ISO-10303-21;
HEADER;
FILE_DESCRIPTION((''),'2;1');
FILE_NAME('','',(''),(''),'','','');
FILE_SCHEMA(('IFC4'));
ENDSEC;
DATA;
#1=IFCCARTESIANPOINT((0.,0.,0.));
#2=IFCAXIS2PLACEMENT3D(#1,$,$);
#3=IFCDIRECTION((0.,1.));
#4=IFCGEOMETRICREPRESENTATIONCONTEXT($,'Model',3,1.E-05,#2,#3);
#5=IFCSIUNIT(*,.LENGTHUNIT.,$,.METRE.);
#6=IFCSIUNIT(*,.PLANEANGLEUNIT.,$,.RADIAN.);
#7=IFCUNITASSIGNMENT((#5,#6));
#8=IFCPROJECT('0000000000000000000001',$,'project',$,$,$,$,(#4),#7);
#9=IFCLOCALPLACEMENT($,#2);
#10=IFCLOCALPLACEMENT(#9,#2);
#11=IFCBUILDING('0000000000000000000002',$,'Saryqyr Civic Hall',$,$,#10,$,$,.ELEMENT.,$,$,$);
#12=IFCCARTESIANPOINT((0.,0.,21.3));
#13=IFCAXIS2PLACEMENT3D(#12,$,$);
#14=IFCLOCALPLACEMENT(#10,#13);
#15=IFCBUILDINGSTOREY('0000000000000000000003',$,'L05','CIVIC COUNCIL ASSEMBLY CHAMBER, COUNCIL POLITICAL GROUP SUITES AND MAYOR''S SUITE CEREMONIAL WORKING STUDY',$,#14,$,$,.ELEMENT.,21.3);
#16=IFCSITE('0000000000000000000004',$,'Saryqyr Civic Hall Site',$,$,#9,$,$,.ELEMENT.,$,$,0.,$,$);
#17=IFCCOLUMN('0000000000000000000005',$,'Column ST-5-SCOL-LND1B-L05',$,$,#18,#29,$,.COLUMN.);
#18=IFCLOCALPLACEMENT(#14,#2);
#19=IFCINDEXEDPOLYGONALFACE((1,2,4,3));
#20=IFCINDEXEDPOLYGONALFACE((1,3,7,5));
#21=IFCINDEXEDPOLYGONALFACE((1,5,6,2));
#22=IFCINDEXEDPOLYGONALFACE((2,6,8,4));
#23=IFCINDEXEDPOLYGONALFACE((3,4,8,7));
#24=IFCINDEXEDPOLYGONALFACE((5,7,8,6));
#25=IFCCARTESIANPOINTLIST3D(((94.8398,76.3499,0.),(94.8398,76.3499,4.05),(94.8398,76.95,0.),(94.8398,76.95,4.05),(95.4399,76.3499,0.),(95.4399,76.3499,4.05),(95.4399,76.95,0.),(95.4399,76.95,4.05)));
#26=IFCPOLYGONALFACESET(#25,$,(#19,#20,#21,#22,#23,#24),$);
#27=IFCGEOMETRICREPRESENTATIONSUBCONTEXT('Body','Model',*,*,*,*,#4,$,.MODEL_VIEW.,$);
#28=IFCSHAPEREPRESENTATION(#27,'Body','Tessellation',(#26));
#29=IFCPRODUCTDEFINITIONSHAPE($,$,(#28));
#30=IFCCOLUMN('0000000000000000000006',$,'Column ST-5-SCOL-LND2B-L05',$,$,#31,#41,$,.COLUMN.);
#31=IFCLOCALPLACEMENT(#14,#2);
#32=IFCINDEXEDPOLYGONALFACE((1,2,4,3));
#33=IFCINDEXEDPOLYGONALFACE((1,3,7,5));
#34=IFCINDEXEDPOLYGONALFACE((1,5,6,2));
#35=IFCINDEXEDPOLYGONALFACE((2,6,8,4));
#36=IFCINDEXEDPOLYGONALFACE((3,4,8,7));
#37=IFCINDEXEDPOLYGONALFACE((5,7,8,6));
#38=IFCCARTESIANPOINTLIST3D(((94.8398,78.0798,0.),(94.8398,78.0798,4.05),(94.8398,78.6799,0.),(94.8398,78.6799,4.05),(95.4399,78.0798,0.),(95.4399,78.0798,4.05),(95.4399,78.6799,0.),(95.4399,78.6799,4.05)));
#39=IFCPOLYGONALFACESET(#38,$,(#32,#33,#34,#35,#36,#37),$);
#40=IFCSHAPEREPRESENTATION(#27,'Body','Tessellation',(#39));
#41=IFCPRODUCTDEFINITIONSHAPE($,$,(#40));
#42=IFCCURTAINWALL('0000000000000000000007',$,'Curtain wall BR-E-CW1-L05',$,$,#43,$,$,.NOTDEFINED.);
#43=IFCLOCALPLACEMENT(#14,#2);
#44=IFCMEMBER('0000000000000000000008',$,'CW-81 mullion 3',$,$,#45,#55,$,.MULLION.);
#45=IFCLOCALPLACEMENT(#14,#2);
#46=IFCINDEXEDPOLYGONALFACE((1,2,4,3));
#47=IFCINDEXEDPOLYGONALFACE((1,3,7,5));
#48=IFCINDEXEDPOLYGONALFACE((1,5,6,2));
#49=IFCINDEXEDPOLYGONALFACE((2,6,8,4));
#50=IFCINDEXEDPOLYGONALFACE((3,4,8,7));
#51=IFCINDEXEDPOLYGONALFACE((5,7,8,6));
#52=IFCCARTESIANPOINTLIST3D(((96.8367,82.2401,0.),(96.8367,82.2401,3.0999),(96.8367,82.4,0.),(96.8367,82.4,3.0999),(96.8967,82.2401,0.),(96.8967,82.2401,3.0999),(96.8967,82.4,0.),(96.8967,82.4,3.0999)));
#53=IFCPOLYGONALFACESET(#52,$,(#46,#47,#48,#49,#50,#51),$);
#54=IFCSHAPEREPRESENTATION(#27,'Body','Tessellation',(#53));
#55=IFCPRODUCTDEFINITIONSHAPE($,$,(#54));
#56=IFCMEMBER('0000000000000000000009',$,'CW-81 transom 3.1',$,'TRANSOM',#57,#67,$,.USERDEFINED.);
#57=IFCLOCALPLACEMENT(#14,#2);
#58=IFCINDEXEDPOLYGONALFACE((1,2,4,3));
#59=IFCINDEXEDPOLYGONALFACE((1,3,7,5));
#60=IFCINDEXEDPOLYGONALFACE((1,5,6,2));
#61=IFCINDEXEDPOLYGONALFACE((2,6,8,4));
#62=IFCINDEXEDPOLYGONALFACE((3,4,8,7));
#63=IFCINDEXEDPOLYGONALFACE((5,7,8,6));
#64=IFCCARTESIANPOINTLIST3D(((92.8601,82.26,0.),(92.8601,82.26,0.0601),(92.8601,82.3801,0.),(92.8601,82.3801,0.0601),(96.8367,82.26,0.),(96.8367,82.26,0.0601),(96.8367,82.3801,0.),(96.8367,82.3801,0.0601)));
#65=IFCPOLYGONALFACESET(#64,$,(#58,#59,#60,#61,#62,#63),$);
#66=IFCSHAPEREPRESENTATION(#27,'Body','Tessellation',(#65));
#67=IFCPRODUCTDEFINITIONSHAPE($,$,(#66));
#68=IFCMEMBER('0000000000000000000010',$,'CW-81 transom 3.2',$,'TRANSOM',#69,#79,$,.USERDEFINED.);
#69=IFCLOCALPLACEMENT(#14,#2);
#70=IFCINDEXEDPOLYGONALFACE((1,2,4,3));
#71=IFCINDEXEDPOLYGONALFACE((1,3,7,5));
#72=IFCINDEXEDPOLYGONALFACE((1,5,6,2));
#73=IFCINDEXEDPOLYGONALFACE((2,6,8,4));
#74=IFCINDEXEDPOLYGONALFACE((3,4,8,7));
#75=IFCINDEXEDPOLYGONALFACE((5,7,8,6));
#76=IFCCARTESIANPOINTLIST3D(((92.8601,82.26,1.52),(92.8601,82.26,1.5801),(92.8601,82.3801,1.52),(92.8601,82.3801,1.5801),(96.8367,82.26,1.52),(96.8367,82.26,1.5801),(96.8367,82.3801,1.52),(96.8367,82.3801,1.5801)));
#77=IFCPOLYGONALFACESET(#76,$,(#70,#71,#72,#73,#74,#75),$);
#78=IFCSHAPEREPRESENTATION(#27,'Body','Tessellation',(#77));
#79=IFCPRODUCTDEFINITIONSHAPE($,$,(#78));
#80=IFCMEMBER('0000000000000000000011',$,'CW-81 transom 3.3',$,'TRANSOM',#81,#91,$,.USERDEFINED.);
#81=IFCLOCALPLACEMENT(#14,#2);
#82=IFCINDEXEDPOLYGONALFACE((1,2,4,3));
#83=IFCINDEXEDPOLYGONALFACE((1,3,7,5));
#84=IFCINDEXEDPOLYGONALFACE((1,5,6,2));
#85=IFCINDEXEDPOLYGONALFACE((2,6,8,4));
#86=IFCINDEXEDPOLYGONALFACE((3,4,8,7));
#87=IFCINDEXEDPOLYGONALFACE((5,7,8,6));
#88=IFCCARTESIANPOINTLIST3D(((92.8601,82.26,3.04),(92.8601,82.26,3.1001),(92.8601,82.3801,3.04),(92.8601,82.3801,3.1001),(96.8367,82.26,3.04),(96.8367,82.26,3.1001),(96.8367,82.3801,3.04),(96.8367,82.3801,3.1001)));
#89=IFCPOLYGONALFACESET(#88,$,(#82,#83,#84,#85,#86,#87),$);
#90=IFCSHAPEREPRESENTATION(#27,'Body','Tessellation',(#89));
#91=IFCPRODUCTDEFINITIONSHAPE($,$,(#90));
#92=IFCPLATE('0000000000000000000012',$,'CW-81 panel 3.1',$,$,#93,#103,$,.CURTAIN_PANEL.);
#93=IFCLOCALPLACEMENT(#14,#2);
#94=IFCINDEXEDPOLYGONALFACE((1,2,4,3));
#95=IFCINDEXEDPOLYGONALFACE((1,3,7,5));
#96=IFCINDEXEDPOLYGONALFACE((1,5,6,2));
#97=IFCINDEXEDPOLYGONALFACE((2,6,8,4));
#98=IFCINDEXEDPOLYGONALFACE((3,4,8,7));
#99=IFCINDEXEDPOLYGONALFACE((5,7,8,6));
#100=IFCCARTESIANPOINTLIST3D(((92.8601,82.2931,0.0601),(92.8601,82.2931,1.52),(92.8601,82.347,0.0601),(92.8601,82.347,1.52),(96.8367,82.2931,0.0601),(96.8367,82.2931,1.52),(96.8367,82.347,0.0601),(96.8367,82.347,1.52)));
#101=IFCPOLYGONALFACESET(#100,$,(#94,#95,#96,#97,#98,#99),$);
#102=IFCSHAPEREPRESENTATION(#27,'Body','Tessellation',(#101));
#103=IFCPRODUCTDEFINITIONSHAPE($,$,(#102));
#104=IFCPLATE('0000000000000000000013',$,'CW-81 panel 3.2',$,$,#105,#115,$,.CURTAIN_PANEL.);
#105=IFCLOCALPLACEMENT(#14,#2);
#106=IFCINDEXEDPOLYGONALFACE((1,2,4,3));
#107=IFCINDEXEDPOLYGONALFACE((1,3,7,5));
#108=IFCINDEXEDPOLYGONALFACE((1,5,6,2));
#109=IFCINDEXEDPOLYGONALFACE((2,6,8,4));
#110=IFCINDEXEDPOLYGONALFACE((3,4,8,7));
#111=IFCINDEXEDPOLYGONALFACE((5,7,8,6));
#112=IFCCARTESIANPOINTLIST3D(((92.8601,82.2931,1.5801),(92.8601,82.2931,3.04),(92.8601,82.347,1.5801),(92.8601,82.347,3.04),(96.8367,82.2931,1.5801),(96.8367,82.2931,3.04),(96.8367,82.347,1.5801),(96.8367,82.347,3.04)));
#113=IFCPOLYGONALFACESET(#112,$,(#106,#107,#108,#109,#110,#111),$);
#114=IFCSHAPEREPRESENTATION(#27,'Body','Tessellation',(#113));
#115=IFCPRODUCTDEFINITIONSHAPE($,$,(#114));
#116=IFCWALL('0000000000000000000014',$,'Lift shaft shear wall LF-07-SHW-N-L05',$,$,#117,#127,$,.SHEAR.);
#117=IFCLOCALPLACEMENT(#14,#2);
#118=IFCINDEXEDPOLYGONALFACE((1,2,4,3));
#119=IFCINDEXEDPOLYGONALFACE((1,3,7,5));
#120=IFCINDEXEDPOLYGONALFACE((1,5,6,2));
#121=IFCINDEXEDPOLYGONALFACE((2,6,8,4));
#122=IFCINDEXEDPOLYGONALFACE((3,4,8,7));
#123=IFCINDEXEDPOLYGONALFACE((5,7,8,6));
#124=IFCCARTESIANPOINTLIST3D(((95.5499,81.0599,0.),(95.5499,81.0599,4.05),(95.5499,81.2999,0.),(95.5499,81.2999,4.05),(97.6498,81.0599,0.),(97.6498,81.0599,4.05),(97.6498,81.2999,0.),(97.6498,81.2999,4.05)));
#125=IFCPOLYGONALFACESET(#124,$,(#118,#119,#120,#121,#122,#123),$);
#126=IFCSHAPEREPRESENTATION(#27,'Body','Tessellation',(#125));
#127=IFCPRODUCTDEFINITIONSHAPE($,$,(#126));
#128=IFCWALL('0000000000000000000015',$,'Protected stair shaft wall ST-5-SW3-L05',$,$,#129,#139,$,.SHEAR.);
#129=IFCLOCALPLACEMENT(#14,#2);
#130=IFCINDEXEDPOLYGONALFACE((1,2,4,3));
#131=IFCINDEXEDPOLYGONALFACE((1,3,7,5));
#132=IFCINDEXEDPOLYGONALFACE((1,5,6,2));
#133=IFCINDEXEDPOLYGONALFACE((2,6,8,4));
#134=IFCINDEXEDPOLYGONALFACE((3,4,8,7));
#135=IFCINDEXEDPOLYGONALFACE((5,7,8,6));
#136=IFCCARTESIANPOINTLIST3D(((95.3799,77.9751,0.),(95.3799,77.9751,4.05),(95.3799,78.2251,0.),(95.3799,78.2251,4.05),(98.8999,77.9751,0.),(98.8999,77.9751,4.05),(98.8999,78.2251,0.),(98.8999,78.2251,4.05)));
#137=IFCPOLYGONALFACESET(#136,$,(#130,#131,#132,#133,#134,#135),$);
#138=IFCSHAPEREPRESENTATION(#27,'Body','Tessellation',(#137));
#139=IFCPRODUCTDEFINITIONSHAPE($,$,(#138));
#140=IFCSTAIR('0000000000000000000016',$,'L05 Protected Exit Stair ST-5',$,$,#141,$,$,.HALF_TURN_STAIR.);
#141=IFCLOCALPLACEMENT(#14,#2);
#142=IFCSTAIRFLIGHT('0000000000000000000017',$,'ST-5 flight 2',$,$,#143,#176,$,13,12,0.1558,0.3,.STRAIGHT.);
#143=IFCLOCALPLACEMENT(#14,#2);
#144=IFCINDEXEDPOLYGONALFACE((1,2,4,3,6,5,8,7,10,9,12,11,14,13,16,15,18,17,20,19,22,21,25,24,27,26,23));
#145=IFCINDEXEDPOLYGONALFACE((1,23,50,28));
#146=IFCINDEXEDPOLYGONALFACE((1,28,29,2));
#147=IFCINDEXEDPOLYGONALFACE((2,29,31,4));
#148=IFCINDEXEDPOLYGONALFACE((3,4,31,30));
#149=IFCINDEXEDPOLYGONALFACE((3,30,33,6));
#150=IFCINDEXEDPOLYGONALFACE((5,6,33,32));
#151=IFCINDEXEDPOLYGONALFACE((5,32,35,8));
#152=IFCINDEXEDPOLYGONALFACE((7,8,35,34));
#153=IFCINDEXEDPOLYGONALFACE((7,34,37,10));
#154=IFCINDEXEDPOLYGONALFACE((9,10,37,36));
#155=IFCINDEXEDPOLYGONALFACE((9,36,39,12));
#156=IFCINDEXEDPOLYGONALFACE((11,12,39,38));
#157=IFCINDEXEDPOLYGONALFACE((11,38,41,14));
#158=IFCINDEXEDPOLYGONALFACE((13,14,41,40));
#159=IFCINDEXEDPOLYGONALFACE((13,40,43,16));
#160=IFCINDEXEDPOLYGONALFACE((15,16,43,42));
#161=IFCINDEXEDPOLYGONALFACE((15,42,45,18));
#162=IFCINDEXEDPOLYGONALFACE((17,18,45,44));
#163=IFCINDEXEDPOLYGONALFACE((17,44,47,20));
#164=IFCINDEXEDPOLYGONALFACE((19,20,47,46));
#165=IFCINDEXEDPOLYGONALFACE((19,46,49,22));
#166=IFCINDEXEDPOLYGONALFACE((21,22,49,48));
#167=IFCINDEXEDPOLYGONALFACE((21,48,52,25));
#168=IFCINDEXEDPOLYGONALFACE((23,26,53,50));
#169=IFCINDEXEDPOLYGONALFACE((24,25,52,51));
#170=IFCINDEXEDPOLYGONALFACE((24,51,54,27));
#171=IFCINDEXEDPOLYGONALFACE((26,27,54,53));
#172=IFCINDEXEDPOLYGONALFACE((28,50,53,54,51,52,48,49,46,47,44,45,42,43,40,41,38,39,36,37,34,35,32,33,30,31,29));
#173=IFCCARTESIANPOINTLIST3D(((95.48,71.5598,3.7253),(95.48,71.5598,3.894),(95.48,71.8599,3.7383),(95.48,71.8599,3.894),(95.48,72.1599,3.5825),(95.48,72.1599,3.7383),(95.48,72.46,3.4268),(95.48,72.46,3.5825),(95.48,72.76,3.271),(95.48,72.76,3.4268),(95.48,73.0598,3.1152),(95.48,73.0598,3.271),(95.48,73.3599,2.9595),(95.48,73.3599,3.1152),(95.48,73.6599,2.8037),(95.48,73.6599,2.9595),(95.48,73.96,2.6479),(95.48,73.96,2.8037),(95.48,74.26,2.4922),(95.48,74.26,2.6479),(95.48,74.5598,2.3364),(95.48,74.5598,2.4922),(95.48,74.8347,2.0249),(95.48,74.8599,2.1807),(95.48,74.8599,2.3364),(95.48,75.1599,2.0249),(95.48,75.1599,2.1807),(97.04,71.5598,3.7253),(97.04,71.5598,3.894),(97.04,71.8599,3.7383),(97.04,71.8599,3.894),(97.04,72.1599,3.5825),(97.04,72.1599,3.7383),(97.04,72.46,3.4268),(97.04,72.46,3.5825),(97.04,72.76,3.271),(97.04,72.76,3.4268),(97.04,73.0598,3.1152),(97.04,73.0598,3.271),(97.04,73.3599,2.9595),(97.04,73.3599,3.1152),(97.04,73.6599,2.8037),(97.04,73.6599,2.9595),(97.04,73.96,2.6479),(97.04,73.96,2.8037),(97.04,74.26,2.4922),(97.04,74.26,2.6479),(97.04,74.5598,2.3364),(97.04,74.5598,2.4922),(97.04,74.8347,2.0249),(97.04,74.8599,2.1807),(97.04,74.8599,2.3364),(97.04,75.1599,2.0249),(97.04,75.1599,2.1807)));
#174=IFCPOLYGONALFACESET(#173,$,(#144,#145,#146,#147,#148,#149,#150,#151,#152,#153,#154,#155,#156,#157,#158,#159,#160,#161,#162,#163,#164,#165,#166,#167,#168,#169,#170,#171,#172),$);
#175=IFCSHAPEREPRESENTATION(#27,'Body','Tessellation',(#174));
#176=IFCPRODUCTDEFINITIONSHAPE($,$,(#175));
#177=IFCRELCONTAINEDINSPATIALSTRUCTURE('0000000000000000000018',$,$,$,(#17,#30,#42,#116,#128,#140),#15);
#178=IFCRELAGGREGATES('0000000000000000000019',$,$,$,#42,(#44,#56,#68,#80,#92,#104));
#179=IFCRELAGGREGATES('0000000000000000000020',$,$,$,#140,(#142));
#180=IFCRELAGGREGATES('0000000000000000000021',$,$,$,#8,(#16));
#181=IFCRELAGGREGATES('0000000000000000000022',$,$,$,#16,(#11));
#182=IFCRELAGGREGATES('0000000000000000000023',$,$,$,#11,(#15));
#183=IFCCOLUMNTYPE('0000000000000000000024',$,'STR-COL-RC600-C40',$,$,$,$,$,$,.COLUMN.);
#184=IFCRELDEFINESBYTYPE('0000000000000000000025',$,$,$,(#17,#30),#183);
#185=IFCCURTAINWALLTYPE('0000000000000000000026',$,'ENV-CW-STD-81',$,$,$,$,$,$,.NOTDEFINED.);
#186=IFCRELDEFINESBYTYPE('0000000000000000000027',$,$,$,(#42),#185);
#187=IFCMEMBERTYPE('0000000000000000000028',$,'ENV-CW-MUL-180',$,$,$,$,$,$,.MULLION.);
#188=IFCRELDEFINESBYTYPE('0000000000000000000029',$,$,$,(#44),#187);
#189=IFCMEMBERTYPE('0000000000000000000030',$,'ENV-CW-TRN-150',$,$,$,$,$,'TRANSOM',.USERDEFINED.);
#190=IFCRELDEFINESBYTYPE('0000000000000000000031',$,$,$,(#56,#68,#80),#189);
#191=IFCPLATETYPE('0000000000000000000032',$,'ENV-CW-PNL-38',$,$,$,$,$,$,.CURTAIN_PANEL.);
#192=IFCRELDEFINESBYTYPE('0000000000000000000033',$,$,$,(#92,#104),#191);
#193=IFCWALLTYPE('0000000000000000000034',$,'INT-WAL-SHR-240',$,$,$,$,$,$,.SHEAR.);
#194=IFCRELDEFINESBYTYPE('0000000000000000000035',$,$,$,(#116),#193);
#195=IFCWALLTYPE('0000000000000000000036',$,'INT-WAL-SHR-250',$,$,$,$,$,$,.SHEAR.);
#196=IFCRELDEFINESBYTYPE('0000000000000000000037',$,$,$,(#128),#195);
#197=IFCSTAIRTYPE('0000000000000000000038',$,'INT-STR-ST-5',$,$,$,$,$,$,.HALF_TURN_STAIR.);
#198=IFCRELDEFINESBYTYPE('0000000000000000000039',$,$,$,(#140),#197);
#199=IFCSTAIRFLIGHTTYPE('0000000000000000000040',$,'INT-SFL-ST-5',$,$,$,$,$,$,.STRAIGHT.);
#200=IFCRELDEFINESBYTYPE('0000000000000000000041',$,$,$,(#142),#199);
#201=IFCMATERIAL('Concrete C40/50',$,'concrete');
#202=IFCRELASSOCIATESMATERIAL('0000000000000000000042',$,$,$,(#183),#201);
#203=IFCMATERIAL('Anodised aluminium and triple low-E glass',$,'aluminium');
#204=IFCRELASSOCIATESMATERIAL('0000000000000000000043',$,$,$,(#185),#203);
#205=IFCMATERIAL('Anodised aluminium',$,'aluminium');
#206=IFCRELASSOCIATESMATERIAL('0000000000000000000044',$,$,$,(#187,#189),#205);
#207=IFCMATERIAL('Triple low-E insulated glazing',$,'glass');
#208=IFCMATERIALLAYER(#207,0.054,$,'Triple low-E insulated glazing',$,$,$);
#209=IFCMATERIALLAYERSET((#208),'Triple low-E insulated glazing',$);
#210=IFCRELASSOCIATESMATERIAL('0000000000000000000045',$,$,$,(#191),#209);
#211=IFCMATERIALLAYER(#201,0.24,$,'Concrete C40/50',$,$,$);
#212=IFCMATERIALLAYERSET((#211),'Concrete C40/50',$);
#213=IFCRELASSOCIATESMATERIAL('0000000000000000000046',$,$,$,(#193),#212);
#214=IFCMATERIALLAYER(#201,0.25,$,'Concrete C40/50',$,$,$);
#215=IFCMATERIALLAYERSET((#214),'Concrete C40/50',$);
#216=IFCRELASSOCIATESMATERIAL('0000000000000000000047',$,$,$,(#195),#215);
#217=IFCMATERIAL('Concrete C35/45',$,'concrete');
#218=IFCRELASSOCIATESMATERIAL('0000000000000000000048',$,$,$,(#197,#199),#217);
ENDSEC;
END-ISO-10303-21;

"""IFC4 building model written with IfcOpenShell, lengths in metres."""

from ifc_helpers import new_model, si_unit, direction, frame, frame_2d, origin, origin_2d, place, context, subcontext, project, spatial, polyline, rectangle, outline, extrude, material, layer, layer_set, material_profile, profile_set, type_object, element, aggregate, save


model = new_model("IFC4")

# Units and contexts
model_context = context("Model", 3, precision=1e-05, world=origin(), true_north=direction((0.0, 1.0)))
body_context = subcontext(model_context, "Body", "Model", "MODEL_VIEW")
ifc_project = project(units=[si_unit("LENGTHUNIT", "METRE"), si_unit("PLANEANGLEUNIT", "RADIAN")], contexts=[model_context])

# Site, building, storey
site_placement = place(None, origin())
site = spatial("IfcSite", under=ifc_project, at=site_placement, Name="Saryqyr Civic Hall Site", CompositionType="ELEMENT", RefElevation=0.0)
building_placement = place(site_placement, origin())
building = spatial("IfcBuilding", under=site, at=building_placement, Name="Saryqyr Civic Hall", CompositionType="ELEMENT")
storey_placement = place(building_placement, frame((0.0, 0.0, 21.3)))
storey = spatial("IfcBuildingStorey", under=building, at=storey_placement, Name="L05", Description="CIVIC COUNCIL ASSEMBLY CHAMBER, COUNCIL POLITICAL GROUP SUITES AND MAYOR'S SUITE CEREMONIAL WORKING STUDY", CompositionType="ELEMENT", Elevation=21.3)

# Columns
ifc_material_1 = material(Name="Concrete C40/50", Category="concrete")
ifc_material_profile_1 = material_profile(ifc_material_1, rectangle(XDim=0.6001, YDim=0.6001, at=origin_2d()), Name="RC 600x600")
ifc_profile_set_1 = profile_set([ifc_material_profile_1], Name="Concrete C40/50")
column_type = type_object("IfcColumnType", Name="STR-COL-RC600-C40", PredefinedType="COLUMN", material=ifc_profile_set_1)
for number, where, z_axis, x_axis, name in (
    (1, (95.1399, 76.6499, 0.0), (0.0, 0.0, 1.0), (1.0, 0.0, 0.0), "Column ST-5-SCOL-LND1B-L05"),
    (2, (95.1399, 78.3799, 0.0), (0.0, 0.0, 1.0), (1.0, 0.0, 0.0), "Column ST-5-SCOL-LND2B-L05"),
):
    element("IfcColumn", number, at=place(storey_placement, frame(where, z_axis=z_axis, x_axis=x_axis)), inside=storey, type_object=column_type, Name=name, PredefinedType="COLUMN", context=body_context, shape_type="SweptSolid", body=[
        extrude(rectangle(XDim=0.6001, YDim=0.6001, at=origin_2d()), origin(), (0.0, 0.0, 1.0), 4.05),
    ])

# Curtain wall, members, plates
ifc_material_2 = material(Name="Anodised aluminium and triple low-E glass", Category="aluminium")
curtain_wall_type = type_object("IfcCurtainWallType", Name="ENV-CW-STD-81", PredefinedType="NOTDEFINED", material=ifc_material_2)
curtain_wall_placement = place(storey_placement, origin())
curtain_wall = element("IfcCurtainWall", 3, at=curtain_wall_placement, inside=storey, type_object=curtain_wall_type, Name="Curtain wall BR-E-CW1-L05", PredefinedType="NOTDEFINED")
ifc_material_3 = material(Name="Anodised aluminium", Category="aluminium")
ifc_material_profile_2 = material_profile(ifc_material_3, rectangle(XDim=0.0601, YDim=0.1599, at=origin_2d()), Name="ALU MULLION 60x160")
ifc_profile_set_2 = profile_set([ifc_material_profile_2], Name="Anodised aluminium")
member_type_1 = type_object("IfcMemberType", Name="ENV-CW-MUL-180", PredefinedType="MULLION", material=ifc_profile_set_2)
member_1_placement = place(storey_placement, frame((96.8667, 82.3201, 0.0), z_axis=(0.0, 0.0, 1.0), x_axis=(-1.0, 0.0, 0.0)))
member_1 = element("IfcMember", 4, at=member_1_placement, type_object=member_type_1, Name="CW-81 mullion 3", PredefinedType="MULLION", context=body_context, shape_type="SweptSolid", body=[
    extrude(rectangle(XDim=0.0601, YDim=0.1599, at=origin_2d()), origin(), (0.0, 0.0, 1.0), 3.0999),
])
ifc_material_profile_3 = material_profile(ifc_material_3, rectangle(XDim=0.1201, YDim=0.0601, at=origin_2d()), Name="ALU TRANSOM 120x60")
ifc_profile_set_3 = profile_set([ifc_material_profile_3], Name="Anodised aluminium")
member_type_2 = type_object("IfcMemberType", Name="ENV-CW-TRN-150", ElementType="TRANSOM", PredefinedType="USERDEFINED", material=ifc_profile_set_3)
member_2_placement = place(storey_placement, frame((96.8367, 82.3201, 0.03), z_axis=(-1.0, 0.0, 0.0), x_axis=(0.0, -1.0, 0.0)))
member_2 = element("IfcMember", 5, at=member_2_placement, type_object=member_type_2, Name="CW-81 transom 3.1", ObjectType="TRANSOM", PredefinedType="USERDEFINED", context=body_context, shape_type="SweptSolid", body=[
    extrude(rectangle(XDim=0.1201, YDim=0.0601, at=origin_2d()), origin(), (0.0, 0.0, 1.0), 3.9766),
])
member_3_placement = place(storey_placement, frame((96.8367, 82.3201, 1.55), z_axis=(-1.0, 0.0, 0.0), x_axis=(0.0, -1.0, 0.0)))
member_3 = element("IfcMember", 6, at=member_3_placement, type_object=member_type_2, Name="CW-81 transom 3.2", ObjectType="TRANSOM", PredefinedType="USERDEFINED", context=body_context, shape_type="SweptSolid", body=[
    extrude(rectangle(XDim=0.1201, YDim=0.0601, at=origin_2d()), origin(), (0.0, 0.0, 1.0), 3.9766),
])
member_4_placement = place(storey_placement, frame((96.8367, 82.3201, 3.0701), z_axis=(-1.0, 0.0, 0.0), x_axis=(0.0, -1.0, 0.0)))
member_4 = element("IfcMember", 7, at=member_4_placement, type_object=member_type_2, Name="CW-81 transom 3.3", ObjectType="TRANSOM", PredefinedType="USERDEFINED", context=body_context, shape_type="SweptSolid", body=[
    extrude(rectangle(XDim=0.1201, YDim=0.0601, at=origin_2d()), origin(), (0.0, 0.0, 1.0), 3.9766),
])
ifc_material_4 = material(Name="Triple low-E insulated glazing", Category="glass")
ifc_layer_1 = layer(ifc_material_4, 0.054, Name="Triple low-E insulated glazing")
ifc_layer_set_1 = layer_set([ifc_layer_1], Name="Triple low-E insulated glazing")
plate_type = type_object("IfcPlateType", Name="ENV-CW-PNL-38", PredefinedType="CURTAIN_PANEL", material=ifc_layer_set_1)
plate_1_placement = place(storey_placement, frame((94.8484, 82.3201, 0.0601), z_axis=(0.0, 0.0, 1.0), x_axis=(-1.0, 0.0, 0.0)))
plate_1 = element("IfcPlate", 8, at=plate_1_placement, type_object=plate_type, Name="CW-81 panel 3.1", PredefinedType="CURTAIN_PANEL", context=body_context, shape_type="SweptSolid", body=[
    extrude(rectangle(XDim=3.9766, YDim=0.054, at=origin_2d()), origin(), (0.0, 0.0, 1.0), 1.46),
])
plate_2_placement = place(storey_placement, frame((94.8484, 82.3201, 1.5801), z_axis=(0.0, 0.0, 1.0), x_axis=(-1.0, 0.0, 0.0)))
plate_2 = element("IfcPlate", 9, at=plate_2_placement, type_object=plate_type, Name="CW-81 panel 3.2", PredefinedType="CURTAIN_PANEL", context=body_context, shape_type="SweptSolid", body=[
    extrude(rectangle(XDim=3.9766, YDim=0.054, at=origin_2d()), origin(), (0.0, 0.0, 1.0), 1.46),
])
aggregate(curtain_wall, [member_1, member_2, member_3, member_4, plate_1, plate_2])

# Wall
ifc_layer_2 = layer(ifc_material_1, 0.24, Name="Concrete C40/50")
ifc_layer_set_2 = layer_set([ifc_layer_2], Name="Concrete C40/50")
wall_type_1 = type_object("IfcWallType", Name="INT-WAL-SHR-240", PredefinedType="SHEAR", material=ifc_layer_set_2)
wall_1_placement = place(storey_placement, frame((95.55, 81.1799, 0.0), z_axis=(0.0, 0.0, 1.0), x_axis=(1.0, 0.0, 0.0)))
element("IfcWall", 10, at=wall_1_placement, inside=storey, type_object=wall_type_1, Name="Lift shaft shear wall LF-07-SHW-N-L05", PredefinedType="SHEAR", context=body_context, shape_type="SweptSolid", body=[
    extrude(rectangle(XDim=2.0999, YDim=0.24, at=frame_2d((1.0498, 0.0))), origin(), (0.0, 0.0, 1.0), 4.05),
])

# Wall
ifc_layer_3 = layer(ifc_material_1, 0.25, Name="Concrete C40/50")
ifc_layer_set_3 = layer_set([ifc_layer_3], Name="Concrete C40/50")
wall_type_2 = type_object("IfcWallType", Name="INT-WAL-SHR-250", PredefinedType="SHEAR", material=ifc_layer_set_3)
wall_2_placement = place(storey_placement, frame((95.3799, 78.1001, 0.0), z_axis=(0.0, 0.0, 1.0), x_axis=(1.0, 0.0, 0.0)))
element("IfcWall", 11, at=wall_2_placement, inside=storey, type_object=wall_type_2, Name="Protected stair shaft wall ST-5-SW3-L05", PredefinedType="SHEAR", context=body_context, shape_type="SweptSolid", body=[
    extrude(rectangle(XDim=3.52, YDim=0.25, at=frame_2d((1.76, 0.0))), origin(), (0.0, 0.0, 1.0), 4.05),
])

# Stair, stair flight
ifc_material_5 = material(Name="Concrete C35/45", Category="concrete")
stair_type = type_object("IfcStairType", Name="INT-STR-ST-5", PredefinedType="HALF_TURN_STAIR", material=ifc_material_5)
stair_placement = place(storey_placement, origin())
stair = element("IfcStair", 12, at=stair_placement, inside=storey, type_object=stair_type, Name="L05 Protected Exit Stair ST-5", PredefinedType="HALF_TURN_STAIR")
stair_flight_type = type_object("IfcStairFlightType", Name="INT-SFL-ST-5", PredefinedType="STRAIGHT", material=ifc_material_5)
stair_flight_placement = place(storey_placement, frame((96.26, 75.1599, 2.0249), z_axis=(0.0, 0.0, 1.0), x_axis=(0.0, -1.0, 0.0)))
stair_flight = element("IfcStairFlight", 13, at=stair_flight_placement, type_object=stair_flight_type, Name="ST-5 flight 2", NumberOfRisers=13, NumberOfTreads=12, PredefinedType="STRAIGHT", RiserHeight=0.1558, TreadLength=0.3, context=body_context, shape_type="SweptSolid", body=[
    extrude(outline(polyline([(0.0, 0.0), (0.0, 0.1558), (0.3, 0.1558), (0.3, 0.3115), (0.6001, 0.3115), (0.6001, 0.4673), (0.8999, 0.4673), (0.8999, 0.623), (1.2, 0.623), (1.2, 0.7788), (1.5, 0.7788), (1.5, 0.9346), (1.8, 0.9346), (1.8, 1.0903), (2.1001, 1.0903), (2.1001, 1.2461), (2.3999, 1.2461), (2.3999, 1.4019), (2.7, 1.4019), (2.7, 1.5576), (3.0, 1.5576), (3.0, 1.7134), (3.3, 1.7134), (3.3, 1.8691), (3.6001, 1.8691), (3.6001, 2.0249), (3.6001, 1.7004), (0.3252, 0.0), (0.0, 0.0)])), frame((0.0, 0.78, 0.0), z_axis=(0.0, -1.0, 0.0), x_axis=(1.0, 0.0, 0.0)), (0.0, 0.0, 1.0), 1.5601),
])
aggregate(stair, [stair_flight])

save(model, "model.ifc")
